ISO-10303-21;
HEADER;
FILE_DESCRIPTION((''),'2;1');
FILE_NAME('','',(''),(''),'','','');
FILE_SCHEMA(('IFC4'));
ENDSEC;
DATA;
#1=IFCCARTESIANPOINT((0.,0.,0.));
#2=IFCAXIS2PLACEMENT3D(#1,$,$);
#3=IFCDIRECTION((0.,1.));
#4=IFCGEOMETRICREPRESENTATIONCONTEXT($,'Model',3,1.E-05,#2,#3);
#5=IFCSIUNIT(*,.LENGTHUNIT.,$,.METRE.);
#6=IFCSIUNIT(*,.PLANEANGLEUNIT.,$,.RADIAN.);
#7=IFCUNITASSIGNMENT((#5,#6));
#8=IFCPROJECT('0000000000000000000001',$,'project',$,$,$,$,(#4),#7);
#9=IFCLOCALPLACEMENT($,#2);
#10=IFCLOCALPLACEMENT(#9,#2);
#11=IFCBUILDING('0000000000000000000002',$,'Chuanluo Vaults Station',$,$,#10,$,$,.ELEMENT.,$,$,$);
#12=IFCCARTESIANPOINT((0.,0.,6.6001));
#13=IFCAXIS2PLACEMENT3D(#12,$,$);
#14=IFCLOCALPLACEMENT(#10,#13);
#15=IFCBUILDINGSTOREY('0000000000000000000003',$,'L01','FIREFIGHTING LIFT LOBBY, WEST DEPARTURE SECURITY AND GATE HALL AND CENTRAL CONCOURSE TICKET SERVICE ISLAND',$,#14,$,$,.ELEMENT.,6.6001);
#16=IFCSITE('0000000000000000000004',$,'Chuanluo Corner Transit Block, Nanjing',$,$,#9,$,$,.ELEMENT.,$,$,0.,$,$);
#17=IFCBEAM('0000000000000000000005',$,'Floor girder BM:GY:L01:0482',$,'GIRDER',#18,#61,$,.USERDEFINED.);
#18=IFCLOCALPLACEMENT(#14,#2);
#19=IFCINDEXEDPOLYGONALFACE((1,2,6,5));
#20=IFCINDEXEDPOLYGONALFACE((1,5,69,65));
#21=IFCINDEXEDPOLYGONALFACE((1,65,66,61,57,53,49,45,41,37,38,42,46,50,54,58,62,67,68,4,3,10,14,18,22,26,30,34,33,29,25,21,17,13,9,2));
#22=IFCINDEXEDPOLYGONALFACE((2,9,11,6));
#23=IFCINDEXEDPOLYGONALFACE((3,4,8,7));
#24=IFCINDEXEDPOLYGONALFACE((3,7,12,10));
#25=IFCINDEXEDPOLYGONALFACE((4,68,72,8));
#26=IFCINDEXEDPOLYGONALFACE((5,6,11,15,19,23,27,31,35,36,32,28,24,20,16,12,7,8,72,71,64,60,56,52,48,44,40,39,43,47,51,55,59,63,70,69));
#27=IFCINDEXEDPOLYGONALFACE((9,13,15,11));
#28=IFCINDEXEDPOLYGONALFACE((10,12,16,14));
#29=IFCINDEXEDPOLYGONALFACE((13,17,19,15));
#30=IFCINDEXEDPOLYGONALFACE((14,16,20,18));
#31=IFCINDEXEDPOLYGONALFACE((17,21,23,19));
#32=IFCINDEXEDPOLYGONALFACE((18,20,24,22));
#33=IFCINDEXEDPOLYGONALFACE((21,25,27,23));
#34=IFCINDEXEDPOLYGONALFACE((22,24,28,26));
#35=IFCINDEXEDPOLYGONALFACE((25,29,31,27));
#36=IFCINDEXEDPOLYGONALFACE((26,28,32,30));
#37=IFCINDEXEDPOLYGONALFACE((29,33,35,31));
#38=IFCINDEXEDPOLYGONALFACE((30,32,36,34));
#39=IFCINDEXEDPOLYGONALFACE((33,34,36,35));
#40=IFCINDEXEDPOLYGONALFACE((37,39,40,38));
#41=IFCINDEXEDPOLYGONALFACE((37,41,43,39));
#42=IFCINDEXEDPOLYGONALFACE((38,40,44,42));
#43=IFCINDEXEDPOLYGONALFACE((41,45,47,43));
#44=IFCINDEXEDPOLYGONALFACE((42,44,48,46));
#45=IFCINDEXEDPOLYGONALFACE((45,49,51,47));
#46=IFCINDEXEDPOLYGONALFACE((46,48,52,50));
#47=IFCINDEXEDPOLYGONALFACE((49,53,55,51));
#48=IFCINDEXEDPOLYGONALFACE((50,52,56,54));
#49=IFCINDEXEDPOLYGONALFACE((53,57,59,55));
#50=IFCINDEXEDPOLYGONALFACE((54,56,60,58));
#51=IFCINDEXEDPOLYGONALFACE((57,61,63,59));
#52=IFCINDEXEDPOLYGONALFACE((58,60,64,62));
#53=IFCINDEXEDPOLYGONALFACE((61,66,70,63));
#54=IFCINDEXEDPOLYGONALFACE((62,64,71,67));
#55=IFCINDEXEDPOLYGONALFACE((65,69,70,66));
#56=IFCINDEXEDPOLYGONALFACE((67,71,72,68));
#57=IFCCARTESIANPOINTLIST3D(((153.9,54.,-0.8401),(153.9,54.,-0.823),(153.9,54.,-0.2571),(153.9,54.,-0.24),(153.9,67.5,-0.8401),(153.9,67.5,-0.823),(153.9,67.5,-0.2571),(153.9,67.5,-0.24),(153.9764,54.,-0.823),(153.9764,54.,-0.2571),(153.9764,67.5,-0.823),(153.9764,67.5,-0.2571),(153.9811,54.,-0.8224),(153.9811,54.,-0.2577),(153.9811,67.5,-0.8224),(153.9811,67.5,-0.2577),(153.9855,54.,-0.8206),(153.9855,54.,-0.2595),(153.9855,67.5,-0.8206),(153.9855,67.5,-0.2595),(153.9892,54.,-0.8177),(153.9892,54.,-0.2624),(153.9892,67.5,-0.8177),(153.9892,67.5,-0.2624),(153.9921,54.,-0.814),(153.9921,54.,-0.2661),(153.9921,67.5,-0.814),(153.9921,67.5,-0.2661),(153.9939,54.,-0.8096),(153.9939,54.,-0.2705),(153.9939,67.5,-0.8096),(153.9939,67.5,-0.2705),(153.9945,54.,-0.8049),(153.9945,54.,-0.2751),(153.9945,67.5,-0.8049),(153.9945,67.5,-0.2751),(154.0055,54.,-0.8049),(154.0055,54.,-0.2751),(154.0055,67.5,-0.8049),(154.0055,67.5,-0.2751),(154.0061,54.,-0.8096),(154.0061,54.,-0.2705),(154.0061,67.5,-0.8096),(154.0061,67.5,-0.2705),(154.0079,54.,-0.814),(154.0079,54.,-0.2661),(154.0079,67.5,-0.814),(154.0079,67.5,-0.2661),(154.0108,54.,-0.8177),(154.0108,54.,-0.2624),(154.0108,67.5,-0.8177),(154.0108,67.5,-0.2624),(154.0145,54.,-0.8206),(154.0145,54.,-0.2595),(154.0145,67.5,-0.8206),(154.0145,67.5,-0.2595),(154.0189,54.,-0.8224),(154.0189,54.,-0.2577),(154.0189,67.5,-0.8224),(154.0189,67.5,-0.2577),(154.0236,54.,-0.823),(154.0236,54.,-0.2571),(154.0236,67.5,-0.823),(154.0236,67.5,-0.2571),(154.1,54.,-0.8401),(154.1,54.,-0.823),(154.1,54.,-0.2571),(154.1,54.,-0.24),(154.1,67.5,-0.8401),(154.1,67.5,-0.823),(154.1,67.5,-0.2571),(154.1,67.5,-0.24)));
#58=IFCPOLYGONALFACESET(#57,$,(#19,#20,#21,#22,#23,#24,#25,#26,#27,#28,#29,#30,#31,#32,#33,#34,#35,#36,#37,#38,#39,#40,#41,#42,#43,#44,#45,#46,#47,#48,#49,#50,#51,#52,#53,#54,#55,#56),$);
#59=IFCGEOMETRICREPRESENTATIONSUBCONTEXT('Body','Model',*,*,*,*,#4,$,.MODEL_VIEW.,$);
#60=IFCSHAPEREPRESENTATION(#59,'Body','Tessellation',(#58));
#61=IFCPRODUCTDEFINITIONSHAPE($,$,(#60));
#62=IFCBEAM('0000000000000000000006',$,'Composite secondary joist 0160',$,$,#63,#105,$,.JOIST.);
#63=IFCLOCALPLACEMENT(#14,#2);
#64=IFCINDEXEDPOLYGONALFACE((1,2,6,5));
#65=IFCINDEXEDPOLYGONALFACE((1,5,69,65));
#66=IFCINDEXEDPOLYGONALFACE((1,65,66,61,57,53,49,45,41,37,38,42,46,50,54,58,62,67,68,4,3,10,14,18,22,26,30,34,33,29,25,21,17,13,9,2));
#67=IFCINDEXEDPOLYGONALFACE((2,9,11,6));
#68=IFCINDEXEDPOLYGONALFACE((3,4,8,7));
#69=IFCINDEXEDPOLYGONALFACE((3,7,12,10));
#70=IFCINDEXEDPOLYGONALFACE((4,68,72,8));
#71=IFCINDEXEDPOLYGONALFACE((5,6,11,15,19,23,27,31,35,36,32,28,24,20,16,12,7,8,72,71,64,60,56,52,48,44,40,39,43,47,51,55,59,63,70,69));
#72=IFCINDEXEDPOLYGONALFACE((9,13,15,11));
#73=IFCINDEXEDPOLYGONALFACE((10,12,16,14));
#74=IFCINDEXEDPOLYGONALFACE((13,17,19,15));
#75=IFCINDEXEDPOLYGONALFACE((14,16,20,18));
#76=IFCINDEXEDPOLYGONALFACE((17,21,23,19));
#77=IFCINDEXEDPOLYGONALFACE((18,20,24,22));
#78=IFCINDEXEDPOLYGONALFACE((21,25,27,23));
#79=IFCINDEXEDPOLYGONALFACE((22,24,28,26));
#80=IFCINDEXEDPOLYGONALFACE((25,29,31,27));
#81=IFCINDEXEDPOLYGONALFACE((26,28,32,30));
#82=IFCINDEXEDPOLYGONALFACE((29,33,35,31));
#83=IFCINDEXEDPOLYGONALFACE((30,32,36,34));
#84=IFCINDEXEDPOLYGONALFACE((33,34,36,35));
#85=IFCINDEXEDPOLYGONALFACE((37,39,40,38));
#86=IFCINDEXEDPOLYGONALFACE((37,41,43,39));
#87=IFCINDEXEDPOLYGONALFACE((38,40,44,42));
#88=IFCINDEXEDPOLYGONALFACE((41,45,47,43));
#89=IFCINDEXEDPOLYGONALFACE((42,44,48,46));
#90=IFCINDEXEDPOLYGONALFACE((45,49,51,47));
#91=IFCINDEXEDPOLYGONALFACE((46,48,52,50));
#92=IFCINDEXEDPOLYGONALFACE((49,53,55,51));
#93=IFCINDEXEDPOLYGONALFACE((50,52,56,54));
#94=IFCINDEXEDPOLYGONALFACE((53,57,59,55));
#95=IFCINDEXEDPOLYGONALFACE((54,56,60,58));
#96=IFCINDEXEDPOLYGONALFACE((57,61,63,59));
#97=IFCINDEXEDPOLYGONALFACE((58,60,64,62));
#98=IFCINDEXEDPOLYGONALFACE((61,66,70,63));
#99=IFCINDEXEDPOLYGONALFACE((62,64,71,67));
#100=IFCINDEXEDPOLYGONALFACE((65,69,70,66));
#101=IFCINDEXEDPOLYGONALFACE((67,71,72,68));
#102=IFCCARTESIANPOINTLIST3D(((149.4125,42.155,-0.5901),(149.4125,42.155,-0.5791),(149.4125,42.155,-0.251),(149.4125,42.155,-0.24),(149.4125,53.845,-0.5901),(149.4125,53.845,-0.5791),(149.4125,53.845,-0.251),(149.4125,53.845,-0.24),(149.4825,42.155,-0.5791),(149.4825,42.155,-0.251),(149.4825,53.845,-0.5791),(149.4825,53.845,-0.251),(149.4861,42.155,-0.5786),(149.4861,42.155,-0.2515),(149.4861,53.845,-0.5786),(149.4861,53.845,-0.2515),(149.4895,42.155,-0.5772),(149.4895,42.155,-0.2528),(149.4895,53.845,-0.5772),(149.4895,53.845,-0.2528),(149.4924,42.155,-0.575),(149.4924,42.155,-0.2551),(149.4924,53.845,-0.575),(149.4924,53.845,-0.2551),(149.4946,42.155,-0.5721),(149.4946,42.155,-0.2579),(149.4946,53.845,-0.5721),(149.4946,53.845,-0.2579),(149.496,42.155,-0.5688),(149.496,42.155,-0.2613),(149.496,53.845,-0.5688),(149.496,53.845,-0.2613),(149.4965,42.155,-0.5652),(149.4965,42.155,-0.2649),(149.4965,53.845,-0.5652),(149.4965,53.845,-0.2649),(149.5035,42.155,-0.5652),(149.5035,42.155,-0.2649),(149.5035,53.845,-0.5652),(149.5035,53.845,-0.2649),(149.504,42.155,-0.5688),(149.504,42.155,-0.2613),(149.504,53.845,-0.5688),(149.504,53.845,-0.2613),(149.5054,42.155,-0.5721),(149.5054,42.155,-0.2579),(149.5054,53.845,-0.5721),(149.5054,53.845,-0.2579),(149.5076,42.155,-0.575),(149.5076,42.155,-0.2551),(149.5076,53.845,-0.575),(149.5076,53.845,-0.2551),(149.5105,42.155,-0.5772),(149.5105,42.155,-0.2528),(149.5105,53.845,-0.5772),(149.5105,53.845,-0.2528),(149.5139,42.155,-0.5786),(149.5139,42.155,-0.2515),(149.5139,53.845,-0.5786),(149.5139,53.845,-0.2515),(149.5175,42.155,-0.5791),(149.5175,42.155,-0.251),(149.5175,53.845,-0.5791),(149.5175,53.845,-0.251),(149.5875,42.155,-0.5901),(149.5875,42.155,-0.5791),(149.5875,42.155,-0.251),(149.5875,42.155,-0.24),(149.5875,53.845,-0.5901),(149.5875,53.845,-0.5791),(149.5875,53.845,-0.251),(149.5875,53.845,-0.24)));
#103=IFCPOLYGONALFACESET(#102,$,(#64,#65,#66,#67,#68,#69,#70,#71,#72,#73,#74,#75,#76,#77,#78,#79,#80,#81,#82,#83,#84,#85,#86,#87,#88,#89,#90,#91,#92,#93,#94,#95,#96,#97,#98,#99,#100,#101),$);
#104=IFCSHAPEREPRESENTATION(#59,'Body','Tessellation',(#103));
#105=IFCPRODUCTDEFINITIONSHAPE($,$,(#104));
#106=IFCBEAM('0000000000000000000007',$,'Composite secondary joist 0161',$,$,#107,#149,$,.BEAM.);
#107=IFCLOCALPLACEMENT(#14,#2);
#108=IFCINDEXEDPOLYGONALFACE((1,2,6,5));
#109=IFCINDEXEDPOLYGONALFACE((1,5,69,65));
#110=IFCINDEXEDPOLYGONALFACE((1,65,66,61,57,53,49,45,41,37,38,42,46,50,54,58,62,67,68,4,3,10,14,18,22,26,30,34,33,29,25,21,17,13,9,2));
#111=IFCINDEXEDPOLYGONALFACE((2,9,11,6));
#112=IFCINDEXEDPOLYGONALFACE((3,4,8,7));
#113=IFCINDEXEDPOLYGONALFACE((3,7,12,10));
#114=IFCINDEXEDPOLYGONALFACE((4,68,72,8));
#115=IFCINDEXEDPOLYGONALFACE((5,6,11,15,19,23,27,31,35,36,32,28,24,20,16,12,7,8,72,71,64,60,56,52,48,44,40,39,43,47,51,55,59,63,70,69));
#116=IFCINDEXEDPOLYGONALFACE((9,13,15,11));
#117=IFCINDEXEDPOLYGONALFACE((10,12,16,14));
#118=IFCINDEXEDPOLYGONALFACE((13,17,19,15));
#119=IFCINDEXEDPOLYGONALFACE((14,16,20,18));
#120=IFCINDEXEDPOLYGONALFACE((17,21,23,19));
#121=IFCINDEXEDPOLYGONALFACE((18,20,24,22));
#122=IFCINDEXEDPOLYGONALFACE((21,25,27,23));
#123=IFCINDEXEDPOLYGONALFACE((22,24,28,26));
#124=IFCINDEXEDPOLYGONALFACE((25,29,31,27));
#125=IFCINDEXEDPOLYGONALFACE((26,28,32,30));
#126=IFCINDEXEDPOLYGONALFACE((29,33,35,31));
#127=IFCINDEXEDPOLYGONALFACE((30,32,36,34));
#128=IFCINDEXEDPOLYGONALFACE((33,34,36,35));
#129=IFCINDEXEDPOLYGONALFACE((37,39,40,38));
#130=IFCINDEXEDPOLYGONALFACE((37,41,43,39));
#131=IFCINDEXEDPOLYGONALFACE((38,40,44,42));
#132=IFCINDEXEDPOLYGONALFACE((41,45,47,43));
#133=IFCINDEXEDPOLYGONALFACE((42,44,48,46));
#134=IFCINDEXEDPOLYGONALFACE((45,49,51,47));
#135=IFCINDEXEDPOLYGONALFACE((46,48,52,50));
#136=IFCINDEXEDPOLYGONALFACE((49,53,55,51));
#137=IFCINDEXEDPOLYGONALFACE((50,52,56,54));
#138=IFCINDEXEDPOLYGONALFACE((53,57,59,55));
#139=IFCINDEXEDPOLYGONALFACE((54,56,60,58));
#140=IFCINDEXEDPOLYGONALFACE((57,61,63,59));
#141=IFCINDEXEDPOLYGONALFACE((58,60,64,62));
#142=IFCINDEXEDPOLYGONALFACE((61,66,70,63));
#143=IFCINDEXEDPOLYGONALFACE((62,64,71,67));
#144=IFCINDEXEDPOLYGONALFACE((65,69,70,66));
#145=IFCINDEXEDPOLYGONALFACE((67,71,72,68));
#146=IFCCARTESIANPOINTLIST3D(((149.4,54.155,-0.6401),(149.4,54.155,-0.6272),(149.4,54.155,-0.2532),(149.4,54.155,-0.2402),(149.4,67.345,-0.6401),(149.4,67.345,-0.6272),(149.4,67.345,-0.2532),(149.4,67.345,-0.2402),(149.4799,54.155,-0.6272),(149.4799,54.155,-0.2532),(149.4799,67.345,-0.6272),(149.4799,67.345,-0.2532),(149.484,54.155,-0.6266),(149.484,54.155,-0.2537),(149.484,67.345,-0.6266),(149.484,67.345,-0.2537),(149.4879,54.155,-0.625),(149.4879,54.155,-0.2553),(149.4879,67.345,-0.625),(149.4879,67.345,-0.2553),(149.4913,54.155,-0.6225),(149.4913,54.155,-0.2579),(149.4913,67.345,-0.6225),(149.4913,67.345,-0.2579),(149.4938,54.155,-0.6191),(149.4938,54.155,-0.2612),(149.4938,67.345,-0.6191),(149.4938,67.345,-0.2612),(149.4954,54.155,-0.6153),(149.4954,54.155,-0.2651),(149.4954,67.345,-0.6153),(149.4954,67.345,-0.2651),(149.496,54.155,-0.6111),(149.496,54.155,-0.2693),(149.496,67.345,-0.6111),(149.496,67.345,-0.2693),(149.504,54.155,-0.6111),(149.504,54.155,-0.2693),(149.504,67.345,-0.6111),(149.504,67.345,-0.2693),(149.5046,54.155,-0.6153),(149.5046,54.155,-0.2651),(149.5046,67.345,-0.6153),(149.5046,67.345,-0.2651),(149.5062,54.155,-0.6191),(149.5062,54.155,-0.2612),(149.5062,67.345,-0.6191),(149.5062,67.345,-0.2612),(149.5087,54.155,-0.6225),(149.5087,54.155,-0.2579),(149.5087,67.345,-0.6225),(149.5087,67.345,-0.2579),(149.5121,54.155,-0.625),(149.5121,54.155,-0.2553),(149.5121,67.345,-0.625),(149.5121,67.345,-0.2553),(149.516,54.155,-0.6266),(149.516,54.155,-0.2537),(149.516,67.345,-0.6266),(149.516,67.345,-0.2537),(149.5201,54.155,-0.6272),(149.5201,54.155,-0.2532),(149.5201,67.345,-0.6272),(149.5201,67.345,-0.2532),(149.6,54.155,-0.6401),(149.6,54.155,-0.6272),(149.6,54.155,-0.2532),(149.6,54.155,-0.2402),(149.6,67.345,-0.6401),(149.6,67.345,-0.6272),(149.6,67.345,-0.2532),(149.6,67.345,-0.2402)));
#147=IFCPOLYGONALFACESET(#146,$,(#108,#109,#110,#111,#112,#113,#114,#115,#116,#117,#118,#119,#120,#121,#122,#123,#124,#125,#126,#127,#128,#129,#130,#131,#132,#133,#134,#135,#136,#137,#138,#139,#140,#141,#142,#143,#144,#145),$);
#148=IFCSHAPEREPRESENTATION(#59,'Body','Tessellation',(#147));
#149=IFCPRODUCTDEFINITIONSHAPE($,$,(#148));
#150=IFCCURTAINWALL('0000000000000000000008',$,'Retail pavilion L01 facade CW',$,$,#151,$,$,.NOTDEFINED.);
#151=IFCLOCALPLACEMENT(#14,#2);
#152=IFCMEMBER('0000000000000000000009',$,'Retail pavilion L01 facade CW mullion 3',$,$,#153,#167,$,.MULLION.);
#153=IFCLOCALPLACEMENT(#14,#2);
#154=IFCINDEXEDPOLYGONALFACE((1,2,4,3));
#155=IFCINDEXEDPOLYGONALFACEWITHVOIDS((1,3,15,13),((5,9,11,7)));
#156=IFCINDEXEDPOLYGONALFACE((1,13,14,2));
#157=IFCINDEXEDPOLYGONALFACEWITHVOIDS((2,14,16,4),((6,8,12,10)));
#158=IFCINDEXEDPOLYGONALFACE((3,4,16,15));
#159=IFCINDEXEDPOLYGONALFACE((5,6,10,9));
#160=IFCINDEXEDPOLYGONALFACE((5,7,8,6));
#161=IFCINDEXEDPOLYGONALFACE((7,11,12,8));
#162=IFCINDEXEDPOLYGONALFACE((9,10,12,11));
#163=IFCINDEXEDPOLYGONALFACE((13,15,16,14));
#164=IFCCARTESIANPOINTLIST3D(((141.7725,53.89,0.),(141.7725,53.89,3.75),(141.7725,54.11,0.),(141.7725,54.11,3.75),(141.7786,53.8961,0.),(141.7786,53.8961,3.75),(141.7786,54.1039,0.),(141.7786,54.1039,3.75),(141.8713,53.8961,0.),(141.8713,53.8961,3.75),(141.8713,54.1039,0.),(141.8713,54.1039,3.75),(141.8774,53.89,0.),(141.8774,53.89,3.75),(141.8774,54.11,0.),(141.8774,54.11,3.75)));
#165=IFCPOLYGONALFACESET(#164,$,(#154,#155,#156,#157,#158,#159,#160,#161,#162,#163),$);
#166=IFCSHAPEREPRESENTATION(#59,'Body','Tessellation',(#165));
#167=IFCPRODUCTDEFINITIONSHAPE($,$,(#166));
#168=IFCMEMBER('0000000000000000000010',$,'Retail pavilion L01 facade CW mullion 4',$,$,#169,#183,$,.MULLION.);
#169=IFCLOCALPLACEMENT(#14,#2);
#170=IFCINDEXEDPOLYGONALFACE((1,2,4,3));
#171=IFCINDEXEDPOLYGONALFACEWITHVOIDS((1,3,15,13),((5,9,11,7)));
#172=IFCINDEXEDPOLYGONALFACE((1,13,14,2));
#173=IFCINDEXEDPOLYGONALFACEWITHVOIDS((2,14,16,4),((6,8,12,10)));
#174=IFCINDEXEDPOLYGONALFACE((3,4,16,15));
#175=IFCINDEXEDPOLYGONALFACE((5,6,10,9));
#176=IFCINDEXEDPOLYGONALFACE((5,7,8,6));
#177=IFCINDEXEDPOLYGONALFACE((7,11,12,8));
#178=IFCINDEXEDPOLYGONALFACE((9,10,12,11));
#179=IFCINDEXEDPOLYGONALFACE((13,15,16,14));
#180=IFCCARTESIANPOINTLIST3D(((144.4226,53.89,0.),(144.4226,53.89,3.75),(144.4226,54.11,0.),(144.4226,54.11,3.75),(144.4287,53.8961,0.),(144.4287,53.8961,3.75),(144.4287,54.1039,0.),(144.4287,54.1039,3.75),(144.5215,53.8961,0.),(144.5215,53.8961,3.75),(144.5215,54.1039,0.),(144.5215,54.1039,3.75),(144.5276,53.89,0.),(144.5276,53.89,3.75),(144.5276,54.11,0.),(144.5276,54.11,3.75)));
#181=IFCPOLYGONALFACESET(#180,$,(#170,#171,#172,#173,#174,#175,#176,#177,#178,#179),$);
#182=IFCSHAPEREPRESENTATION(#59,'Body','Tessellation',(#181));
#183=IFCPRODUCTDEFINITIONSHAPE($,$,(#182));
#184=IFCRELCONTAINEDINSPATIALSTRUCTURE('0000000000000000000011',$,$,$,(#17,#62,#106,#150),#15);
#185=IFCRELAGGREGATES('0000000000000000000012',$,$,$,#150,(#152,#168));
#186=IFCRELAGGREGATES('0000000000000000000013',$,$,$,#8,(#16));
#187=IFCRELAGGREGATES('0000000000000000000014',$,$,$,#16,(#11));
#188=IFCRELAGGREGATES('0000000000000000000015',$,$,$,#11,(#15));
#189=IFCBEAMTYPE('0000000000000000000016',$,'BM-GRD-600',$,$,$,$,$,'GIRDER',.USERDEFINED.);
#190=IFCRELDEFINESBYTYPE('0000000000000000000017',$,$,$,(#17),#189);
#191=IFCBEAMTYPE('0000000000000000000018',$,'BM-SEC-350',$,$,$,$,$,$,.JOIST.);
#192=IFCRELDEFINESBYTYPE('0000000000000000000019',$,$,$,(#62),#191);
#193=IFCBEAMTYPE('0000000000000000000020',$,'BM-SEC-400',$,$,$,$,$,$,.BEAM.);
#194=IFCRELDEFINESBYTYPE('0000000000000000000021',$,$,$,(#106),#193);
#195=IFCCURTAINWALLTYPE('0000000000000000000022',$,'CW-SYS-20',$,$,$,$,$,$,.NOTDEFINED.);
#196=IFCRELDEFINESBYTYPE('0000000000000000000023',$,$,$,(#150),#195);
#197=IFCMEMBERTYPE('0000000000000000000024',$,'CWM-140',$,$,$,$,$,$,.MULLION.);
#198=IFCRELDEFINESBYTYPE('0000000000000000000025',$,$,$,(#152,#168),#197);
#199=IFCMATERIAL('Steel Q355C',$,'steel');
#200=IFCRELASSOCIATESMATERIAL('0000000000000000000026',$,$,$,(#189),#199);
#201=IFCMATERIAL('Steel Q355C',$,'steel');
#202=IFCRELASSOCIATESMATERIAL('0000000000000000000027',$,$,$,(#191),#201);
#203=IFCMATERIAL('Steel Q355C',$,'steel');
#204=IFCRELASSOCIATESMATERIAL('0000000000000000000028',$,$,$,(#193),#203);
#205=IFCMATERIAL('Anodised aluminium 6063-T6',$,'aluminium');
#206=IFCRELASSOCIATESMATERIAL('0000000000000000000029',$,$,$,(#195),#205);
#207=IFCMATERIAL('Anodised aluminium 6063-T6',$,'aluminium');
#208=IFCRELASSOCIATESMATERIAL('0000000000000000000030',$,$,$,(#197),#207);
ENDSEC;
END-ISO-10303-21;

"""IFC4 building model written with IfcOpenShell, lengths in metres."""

from ifc_helpers import new_model, si_unit, direction, frame, origin, origin_2d, place, context, subcontext, project, spatial, hollow_rectangle, i_section, extrude, material, material_profile, profile_set, type_object, element, aggregate, save


model = new_model("IFC4")

# Units and contexts
model_context = context("Model", 3, precision=1e-05, world=origin(), true_north=direction((0.0, 1.0)))
body_context = subcontext(model_context, "Body", "Model", "MODEL_VIEW")
ifc_project = project(units=[si_unit("LENGTHUNIT", "METRE"), si_unit("PLANEANGLEUNIT", "RADIAN")], contexts=[model_context])

# Site, building, storey
site_placement = place(None, origin())
site = spatial("IfcSite", under=ifc_project, at=site_placement, Name="Chuanluo Corner Transit Block, Nanjing", CompositionType="ELEMENT", RefElevation=0.0)
building_placement = place(site_placement, origin())
building = spatial("IfcBuilding", under=site, at=building_placement, Name="Chuanluo Vaults Station", CompositionType="ELEMENT")
storey_placement = place(building_placement, frame((0.0, 0.0, 6.6001)))
storey = spatial("IfcBuildingStorey", under=building, at=storey_placement, Name="L01", Description="FIREFIGHTING LIFT LOBBY, WEST DEPARTURE SECURITY AND GATE HALL AND CENTRAL CONCOURSE TICKET SERVICE ISLAND", CompositionType="ELEMENT", Elevation=6.6001)

# Beams
ifc_material_1 = material(Name="Steel Q355C", Category="steel")
ifc_material_profile_1 = material_profile(ifc_material_1, i_section(OverallWidth=0.2, OverallDepth=0.6001, WebThickness=0.011, FlangeThickness=0.0171, FilletRadius=0.0181, at=origin_2d()))
ifc_profile_set_1 = profile_set([ifc_material_profile_1], Name="Steel Q355C")
beam_type_1 = type_object("IfcBeamType", Name="BM-GRD-600", ElementType="GIRDER", PredefinedType="USERDEFINED", material=ifc_profile_set_1)
for number, where, z_axis, x_axis, name in (
    (1, (154.0, 54.0, -0.54), (0.0, 1.0, 0.0), (-1.0, 0.0, 0.0), "Floor girder BM:GY:L01:0482"),
):
    element("IfcBeam", number, at=place(storey_placement, frame(where, z_axis=z_axis, x_axis=x_axis)), inside=storey, type_object=beam_type_1, Name=name, ObjectType="GIRDER", PredefinedType="USERDEFINED", context=body_context, shape_type="SweptSolid", body=[
        extrude(i_section(OverallWidth=0.2, OverallDepth=0.6001, WebThickness=0.011, FlangeThickness=0.0171, FilletRadius=0.0181, at=origin_2d()), origin(), (0.0, 0.0, 1.0), 13.5),
    ])
ifc_material_2 = material(Name="Steel Q355C", Category="steel")
ifc_material_profile_2 = material_profile(ifc_material_2, i_section(OverallWidth=0.175, OverallDepth=0.3501, WebThickness=0.0071, FlangeThickness=0.011, FilletRadius=0.0139, at=origin_2d()))
ifc_profile_set_2 = profile_set([ifc_material_profile_2], Name="Steel Q355C")
beam_type_2 = type_object("IfcBeamType", Name="BM-SEC-350", PredefinedType="JOIST", material=ifc_profile_set_2)
beam_1_placement = place(storey_placement, frame((149.5, 42.155, -0.415), z_axis=(0.0, 1.0, 0.0), x_axis=(-1.0, 0.0, 0.0)))
element("IfcBeam", 2, at=beam_1_placement, inside=storey, type_object=beam_type_2, Name="Composite secondary joist 0160", PredefinedType="JOIST", context=body_context, shape_type="SweptSolid", body=[
    extrude(i_section(OverallWidth=0.175, OverallDepth=0.3501, WebThickness=0.0071, FlangeThickness=0.011, FilletRadius=0.0139, at=origin_2d()), origin(), (0.0, 0.0, 1.0), 11.6899),
])
ifc_material_3 = material(Name="Steel Q355C", Category="steel")
ifc_material_profile_3 = material_profile(ifc_material_3, i_section(OverallWidth=0.2, OverallDepth=0.3999, WebThickness=0.0081, FlangeThickness=0.0129, FilletRadius=0.0161, at=origin_2d()))
ifc_profile_set_3 = profile_set([ifc_material_profile_3], Name="Steel Q355C")
beam_type_3 = type_object("IfcBeamType", Name="BM-SEC-400", PredefinedType="BEAM", material=ifc_profile_set_3)
beam_2_placement = place(storey_placement, frame((149.5, 54.155, -0.4402), z_axis=(0.0, 1.0, 0.0), x_axis=(-1.0, 0.0, 0.0)))
element("IfcBeam", 3, at=beam_2_placement, inside=storey, type_object=beam_type_3, Name="Composite secondary joist 0161", PredefinedType="BEAM", context=body_context, shape_type="SweptSolid", body=[
    extrude(i_section(OverallWidth=0.2, OverallDepth=0.3999, WebThickness=0.0081, FlangeThickness=0.0129, FilletRadius=0.0161, at=origin_2d()), origin(), (0.0, 0.0, 1.0), 13.1899),
])

# Curtain wall, members
ifc_material_4 = material(Name="Anodised aluminium 6063-T6", Category="aluminium")
curtain_wall_type_1 = type_object("IfcCurtainWallType", Name="CW-SYS-20", PredefinedType="NOTDEFINED", material=ifc_material_4)
curtain_wall_1_placement = place(storey_placement, origin())
curtain_wall_1 = element("IfcCurtainWall", 4, at=curtain_wall_1_placement, inside=storey, type_object=curtain_wall_type_1, Name="Retail pavilion L01 facade CW", PredefinedType="NOTDEFINED")
ifc_material_5 = material(Name="Anodised aluminium 6063-T6", Category="aluminium")
ifc_material_profile_4 = material_profile(ifc_material_5, hollow_rectangle(XDim=0.105, YDim=0.22, WallThickness=0.0061, at=origin_2d()))
ifc_profile_set_4 = profile_set([ifc_material_profile_4], Name="Anodised aluminium 6063-T6")
member_type_1 = type_object("IfcMemberType", Name="CWM-140", PredefinedType="MULLION", material=ifc_profile_set_4)
member_1_placement = place(storey_placement, frame((141.825, 54.0, 0.0), z_axis=(0.0, 0.0, 1.0), x_axis=(1.0, 0.0, 0.0)))
member_1 = element("IfcMember", 5, at=member_1_placement, type_object=member_type_1, Name="Retail pavilion L01 facade CW mullion 3", PredefinedType="MULLION", context=body_context, shape_type="SweptSolid", body=[
    extrude(hollow_rectangle(XDim=0.105, YDim=0.22, WallThickness=0.0061, at=origin_2d()), origin(), (0.0, 0.0, 1.0), 3.75),
])
member_2_placement = place(storey_placement, frame((144.4751, 54.0, 0.0), z_axis=(0.0, 0.0, 1.0), x_axis=(1.0, 0.0, 0.0)))
member_2 = element("IfcMember", 6, at=member_2_placement, type_object=member_type_1, Name="Retail pavilion L01 facade CW mullion 4", PredefinedType="MULLION", context=body_context, shape_type="SweptSolid", body=[
    extrude(hollow_rectangle(XDim=0.105, YDim=0.22, WallThickness=0.0061, at=origin_2d()), origin(), (0.0, 0.0, 1.0), 3.75),
])

aggregate(curtain_wall_1, [member_1, member_2])

save(model, "model.ifc")
